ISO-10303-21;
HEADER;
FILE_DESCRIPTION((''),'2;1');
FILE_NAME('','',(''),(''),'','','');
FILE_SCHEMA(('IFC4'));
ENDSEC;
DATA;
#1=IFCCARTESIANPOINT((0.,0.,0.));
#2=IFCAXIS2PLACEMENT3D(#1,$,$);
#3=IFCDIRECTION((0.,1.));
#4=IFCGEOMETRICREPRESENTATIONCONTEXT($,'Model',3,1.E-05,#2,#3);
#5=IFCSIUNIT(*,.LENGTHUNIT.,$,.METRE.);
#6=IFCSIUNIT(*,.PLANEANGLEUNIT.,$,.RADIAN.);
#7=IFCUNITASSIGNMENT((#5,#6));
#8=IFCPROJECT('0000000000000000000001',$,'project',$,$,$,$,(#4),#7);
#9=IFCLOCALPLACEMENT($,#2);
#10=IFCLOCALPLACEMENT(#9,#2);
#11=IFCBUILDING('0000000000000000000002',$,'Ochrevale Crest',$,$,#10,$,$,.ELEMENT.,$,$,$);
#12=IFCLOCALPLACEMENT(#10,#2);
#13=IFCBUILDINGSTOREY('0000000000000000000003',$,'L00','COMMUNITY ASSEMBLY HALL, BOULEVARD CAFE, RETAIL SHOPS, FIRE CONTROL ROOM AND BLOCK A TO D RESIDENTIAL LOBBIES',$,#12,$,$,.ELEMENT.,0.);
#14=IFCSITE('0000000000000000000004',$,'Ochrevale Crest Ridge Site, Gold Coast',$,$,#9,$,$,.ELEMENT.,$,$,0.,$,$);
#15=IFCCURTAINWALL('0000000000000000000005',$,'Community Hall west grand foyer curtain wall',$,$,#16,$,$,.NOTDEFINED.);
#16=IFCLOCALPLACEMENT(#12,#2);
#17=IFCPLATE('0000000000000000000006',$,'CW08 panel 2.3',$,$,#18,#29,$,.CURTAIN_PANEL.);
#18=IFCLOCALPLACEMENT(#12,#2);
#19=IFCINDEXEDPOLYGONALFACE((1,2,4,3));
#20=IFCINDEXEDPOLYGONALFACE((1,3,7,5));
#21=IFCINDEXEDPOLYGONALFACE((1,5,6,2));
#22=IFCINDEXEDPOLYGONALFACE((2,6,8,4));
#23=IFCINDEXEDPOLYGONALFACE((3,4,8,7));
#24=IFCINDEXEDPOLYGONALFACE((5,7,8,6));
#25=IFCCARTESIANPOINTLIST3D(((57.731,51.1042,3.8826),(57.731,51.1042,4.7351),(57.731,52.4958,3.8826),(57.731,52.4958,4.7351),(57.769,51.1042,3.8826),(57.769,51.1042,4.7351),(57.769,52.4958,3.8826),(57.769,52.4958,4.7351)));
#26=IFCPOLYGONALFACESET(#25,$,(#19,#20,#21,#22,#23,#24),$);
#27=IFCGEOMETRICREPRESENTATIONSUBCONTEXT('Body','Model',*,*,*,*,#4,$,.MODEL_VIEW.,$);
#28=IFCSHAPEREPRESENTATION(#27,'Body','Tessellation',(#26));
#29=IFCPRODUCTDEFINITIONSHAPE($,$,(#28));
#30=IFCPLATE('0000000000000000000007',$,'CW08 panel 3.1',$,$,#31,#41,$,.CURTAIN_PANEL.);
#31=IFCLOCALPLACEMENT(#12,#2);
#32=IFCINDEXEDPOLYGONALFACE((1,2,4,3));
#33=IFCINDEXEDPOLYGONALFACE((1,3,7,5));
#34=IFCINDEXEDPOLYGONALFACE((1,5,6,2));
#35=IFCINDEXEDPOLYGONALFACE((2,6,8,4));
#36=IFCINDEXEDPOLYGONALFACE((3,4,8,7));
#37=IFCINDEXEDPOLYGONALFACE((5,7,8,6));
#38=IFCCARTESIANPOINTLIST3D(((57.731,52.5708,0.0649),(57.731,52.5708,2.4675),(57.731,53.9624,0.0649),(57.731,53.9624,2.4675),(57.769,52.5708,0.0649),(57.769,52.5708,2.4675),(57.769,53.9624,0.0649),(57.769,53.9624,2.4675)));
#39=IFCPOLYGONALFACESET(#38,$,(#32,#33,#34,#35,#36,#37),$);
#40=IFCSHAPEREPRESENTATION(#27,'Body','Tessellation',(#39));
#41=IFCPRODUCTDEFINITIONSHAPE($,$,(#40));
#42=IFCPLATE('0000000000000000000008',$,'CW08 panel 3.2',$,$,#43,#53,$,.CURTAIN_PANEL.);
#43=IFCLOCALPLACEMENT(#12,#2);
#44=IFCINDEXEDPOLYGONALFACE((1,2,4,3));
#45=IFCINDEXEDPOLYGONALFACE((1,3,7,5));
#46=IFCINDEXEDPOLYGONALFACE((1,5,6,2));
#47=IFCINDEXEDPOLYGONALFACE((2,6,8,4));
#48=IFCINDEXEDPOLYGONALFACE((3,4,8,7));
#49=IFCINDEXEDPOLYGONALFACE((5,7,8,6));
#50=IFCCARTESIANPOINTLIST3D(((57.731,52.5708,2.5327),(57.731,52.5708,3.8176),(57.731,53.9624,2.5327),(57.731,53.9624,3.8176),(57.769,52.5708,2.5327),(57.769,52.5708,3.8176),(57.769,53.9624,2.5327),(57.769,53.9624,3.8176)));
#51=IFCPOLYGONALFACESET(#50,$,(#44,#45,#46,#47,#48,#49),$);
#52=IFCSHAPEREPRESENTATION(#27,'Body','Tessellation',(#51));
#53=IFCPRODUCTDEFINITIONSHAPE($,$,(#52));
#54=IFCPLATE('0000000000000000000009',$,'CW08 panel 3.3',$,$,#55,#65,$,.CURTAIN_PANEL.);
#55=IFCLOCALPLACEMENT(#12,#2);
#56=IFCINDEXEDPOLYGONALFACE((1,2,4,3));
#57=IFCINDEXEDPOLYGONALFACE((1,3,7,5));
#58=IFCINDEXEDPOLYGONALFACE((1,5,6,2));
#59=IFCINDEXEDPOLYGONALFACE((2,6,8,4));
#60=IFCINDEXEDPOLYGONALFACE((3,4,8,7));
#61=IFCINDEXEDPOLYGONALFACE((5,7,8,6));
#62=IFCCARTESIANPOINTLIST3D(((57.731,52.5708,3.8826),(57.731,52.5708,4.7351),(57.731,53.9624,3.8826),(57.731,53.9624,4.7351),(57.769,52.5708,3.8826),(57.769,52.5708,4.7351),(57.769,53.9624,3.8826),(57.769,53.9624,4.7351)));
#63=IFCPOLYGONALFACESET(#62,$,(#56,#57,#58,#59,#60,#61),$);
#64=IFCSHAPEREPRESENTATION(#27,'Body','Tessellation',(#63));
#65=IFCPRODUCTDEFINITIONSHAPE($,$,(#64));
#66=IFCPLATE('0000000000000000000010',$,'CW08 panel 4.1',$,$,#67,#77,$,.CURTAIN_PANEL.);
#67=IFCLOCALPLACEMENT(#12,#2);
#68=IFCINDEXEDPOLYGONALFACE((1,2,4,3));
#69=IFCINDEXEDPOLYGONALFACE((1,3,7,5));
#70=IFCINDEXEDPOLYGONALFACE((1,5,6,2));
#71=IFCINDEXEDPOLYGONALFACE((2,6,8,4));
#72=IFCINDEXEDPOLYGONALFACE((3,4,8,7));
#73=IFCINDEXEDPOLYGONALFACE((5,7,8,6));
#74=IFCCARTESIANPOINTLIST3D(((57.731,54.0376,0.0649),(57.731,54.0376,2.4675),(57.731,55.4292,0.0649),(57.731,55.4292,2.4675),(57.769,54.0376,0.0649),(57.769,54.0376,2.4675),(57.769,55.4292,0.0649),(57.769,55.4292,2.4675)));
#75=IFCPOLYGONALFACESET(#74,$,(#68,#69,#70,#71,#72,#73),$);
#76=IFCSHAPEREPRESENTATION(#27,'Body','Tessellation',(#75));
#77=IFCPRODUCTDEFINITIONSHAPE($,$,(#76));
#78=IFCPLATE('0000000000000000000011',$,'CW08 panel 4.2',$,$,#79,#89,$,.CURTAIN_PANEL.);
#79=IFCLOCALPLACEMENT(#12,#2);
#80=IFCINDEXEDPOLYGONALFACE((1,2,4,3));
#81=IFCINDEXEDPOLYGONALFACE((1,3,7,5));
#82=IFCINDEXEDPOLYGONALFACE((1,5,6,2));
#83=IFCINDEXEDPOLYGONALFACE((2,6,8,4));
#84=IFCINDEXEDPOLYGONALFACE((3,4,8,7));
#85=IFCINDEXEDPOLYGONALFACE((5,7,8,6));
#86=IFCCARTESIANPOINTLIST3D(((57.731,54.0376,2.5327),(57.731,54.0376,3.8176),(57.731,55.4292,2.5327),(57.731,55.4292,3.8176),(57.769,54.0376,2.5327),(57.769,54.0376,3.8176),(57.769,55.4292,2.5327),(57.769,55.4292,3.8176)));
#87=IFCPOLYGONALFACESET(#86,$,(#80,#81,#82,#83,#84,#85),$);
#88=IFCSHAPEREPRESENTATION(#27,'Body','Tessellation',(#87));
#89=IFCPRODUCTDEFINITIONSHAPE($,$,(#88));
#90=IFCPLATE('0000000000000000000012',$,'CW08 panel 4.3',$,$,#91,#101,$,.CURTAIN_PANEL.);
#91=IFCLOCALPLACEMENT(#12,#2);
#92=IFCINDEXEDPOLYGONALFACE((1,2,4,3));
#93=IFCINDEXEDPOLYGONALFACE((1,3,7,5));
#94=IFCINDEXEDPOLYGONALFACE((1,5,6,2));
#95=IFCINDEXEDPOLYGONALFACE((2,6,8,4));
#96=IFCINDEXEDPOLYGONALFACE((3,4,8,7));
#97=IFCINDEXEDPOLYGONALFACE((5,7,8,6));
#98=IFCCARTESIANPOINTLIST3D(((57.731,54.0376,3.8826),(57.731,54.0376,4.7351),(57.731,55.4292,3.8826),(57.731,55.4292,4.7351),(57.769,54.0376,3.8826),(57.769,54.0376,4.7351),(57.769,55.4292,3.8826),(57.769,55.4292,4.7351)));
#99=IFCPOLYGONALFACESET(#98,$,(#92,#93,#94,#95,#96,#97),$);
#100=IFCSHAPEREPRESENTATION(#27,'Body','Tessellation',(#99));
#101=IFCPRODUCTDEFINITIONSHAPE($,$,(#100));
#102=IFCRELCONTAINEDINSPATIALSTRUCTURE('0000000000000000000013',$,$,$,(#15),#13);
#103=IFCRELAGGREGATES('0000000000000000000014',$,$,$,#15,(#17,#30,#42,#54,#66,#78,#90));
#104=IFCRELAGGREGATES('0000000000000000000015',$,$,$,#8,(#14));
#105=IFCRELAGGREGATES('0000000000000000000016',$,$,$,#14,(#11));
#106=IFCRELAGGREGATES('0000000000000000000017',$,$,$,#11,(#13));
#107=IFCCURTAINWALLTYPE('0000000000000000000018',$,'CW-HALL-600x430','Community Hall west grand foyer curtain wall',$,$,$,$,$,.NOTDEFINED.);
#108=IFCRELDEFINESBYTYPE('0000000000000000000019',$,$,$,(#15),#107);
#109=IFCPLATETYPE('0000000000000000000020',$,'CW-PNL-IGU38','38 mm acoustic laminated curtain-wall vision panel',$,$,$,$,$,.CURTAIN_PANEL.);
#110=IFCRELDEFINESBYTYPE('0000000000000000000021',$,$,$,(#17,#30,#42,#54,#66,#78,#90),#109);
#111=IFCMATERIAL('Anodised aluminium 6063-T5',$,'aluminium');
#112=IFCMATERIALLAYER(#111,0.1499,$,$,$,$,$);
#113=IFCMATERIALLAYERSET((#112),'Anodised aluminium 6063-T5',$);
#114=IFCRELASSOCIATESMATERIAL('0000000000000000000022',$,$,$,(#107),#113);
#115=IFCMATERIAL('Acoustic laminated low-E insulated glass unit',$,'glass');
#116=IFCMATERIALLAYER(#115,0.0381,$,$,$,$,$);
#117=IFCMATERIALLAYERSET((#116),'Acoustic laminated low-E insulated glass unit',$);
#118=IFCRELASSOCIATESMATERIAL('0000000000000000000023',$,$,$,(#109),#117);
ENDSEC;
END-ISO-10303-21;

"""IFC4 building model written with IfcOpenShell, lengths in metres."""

from ifc_helpers import new_model, si_unit, direction, frame, origin, origin_2d, place, context, subcontext, project, spatial, rectangle, extrude, material, layer, layer_set, type_object, element, aggregate, save


model = new_model("IFC4")

# Units and contexts
model_context = context("Model", 3, precision=1e-05, world=origin(), true_north=direction((0.0, 1.0)))
body_context = subcontext(model_context, "Body", "Model", "MODEL_VIEW")
ifc_project = project(units=[si_unit("LENGTHUNIT", "METRE"), si_unit("PLANEANGLEUNIT", "RADIAN")], contexts=[model_context])

# Site, building, storey
site_placement = place(None, origin())
site = spatial("IfcSite", under=ifc_project, at=site_placement, Name="Ochrevale Crest Ridge Site, Gold Coast", CompositionType="ELEMENT", RefElevation=0.0)
building_placement = place(site_placement, origin())
building = spatial("IfcBuilding", under=site, at=building_placement, Name="Ochrevale Crest", CompositionType="ELEMENT")
storey_placement = place(building_placement, origin())
storey = spatial("IfcBuildingStorey", under=building, at=storey_placement, Name="L00", Description="COMMUNITY ASSEMBLY HALL, BOULEVARD CAFE, RETAIL SHOPS, FIRE CONTROL ROOM AND BLOCK A TO D RESIDENTIAL LOBBIES", CompositionType="ELEMENT", Elevation=0.0)

# Curtain wall, plates
ifc_material_1 = material(Name="Anodised aluminium 6063-T5", Category="aluminium")
ifc_layer_1 = layer(ifc_material_1, 0.1499)
ifc_layer_set_1 = layer_set([ifc_layer_1], Name="Anodised aluminium 6063-T5")
curtain_wall_type = type_object("IfcCurtainWallType", Name="CW-HALL-600x430", Description="Community Hall west grand foyer curtain wall", PredefinedType="NOTDEFINED", material=ifc_layer_set_1)
curtain_wall_placement = place(storey_placement, origin())
curtain_wall = element("IfcCurtainWall", 1, at=curtain_wall_placement, inside=storey, type_object=curtain_wall_type, Name="Community Hall west grand foyer curtain wall", PredefinedType="NOTDEFINED")
ifc_material_2 = material(Name="Acoustic laminated low-E insulated glass unit", Category="glass")
ifc_layer_2 = layer(ifc_material_2, 0.0381)
ifc_layer_set_2 = layer_set([ifc_layer_2], Name="Acoustic laminated low-E insulated glass unit")
plate_type = type_object("IfcPlateType", Name="CW-PNL-IGU38", Description="38 mm acoustic laminated curtain-wall vision panel", PredefinedType="CURTAIN_PANEL", material=ifc_layer_set_2)
plate_1_placement = place(storey_placement, frame((57.75, 51.8, 3.8826), z_axis=(0.0, 0.0, 1.0), x_axis=(0.0, 1.0, 0.0)))
plate_1 = element("IfcPlate", 2, at=plate_1_placement, type_object=plate_type, Name="CW08 panel 2.3", PredefinedType="CURTAIN_PANEL", context=body_context, shape_type="SweptSolid", body=[
    extrude(rectangle(XDim=1.3916, YDim=0.0381, at=origin_2d()), origin(), (0.0, 0.0, 1.0), 0.8525),
])
plate_2_placement = place(storey_placement, frame((57.75, 53.2666, 0.0649), z_axis=(0.0, 0.0, 1.0), x_axis=(0.0, 1.0, 0.0)))
plate_2 = element("IfcPlate", 3, at=plate_2_placement, type_object=plate_type, Name="CW08 panel 3.1", PredefinedType="CURTAIN_PANEL", context=body_context, shape_type="SweptSolid", body=[
    extrude(rectangle(XDim=1.3916, YDim=0.0381, at=origin_2d()), origin(), (0.0, 0.0, 1.0), 2.4026),
])
plate_3_placement = place(storey_placement, frame((57.75, 53.2666, 2.5327), z_axis=(0.0, 0.0, 1.0), x_axis=(0.0, 1.0, 0.0)))
plate_3 = element("IfcPlate", 4, at=plate_3_placement, type_object=plate_type, Name="CW08 panel 3.2", PredefinedType="CURTAIN_PANEL", context=body_context, shape_type="SweptSolid", body=[
    extrude(rectangle(XDim=1.3916, YDim=0.0381, at=origin_2d()), origin(), (0.0, 0.0, 1.0), 1.2849),
])
plate_4_placement = place(storey_placement, frame((57.75, 53.2666, 3.8826), z_axis=(0.0, 0.0, 1.0), x_axis=(0.0, 1.0, 0.0)))
plate_4 = element("IfcPlate", 5, at=plate_4_placement, type_object=plate_type, Name="CW08 panel 3.3", PredefinedType="CURTAIN_PANEL", context=body_context, shape_type="SweptSolid", body=[
    extrude(rectangle(XDim=1.3916, YDim=0.0381, at=origin_2d()), origin(), (0.0, 0.0, 1.0), 0.8525),
])
plate_5_placement = place(storey_placement, frame((57.75, 54.7334, 0.0649), z_axis=(0.0, 0.0, 1.0), x_axis=(0.0, 1.0, 0.0)))
plate_5 = element("IfcPlate", 6, at=plate_5_placement, type_object=plate_type, Name="CW08 panel 4.1", PredefinedType="CURTAIN_PANEL", context=body_context, shape_type="SweptSolid", body=[
    extrude(rectangle(XDim=1.3916, YDim=0.0381, at=origin_2d()), origin(), (0.0, 0.0, 1.0), 2.4026),
])
plate_6_placement = place(storey_placement, frame((57.75, 54.7334, 2.5327), z_axis=(0.0, 0.0, 1.0), x_axis=(0.0, 1.0, 0.0)))
plate_6 = element("IfcPlate", 7, at=plate_6_placement, type_object=plate_type, Name="CW08 panel 4.2", PredefinedType="CURTAIN_PANEL", context=body_context, shape_type="SweptSolid", body=[
    extrude(rectangle(XDim=1.3916, YDim=0.0381, at=origin_2d()), origin(), (0.0, 0.0, 1.0), 1.2849),
])
plate_7_placement = place(storey_placement, frame((57.75, 54.7334, 3.8826), z_axis=(0.0, 0.0, 1.0), x_axis=(0.0, 1.0, 0.0)))
plate_7 = element("IfcPlate", 8, at=plate_7_placement, type_object=plate_type, Name="CW08 panel 4.3", PredefinedType="CURTAIN_PANEL", context=body_context, shape_type="SweptSolid", body=[
    extrude(rectangle(XDim=1.3916, YDim=0.0381, at=origin_2d()), origin(), (0.0, 0.0, 1.0), 0.8525),
])
aggregate(curtain_wall, [plate_1, plate_2, plate_3, plate_4, plate_5, plate_6, plate_7])

save(model, "model.ifc")
